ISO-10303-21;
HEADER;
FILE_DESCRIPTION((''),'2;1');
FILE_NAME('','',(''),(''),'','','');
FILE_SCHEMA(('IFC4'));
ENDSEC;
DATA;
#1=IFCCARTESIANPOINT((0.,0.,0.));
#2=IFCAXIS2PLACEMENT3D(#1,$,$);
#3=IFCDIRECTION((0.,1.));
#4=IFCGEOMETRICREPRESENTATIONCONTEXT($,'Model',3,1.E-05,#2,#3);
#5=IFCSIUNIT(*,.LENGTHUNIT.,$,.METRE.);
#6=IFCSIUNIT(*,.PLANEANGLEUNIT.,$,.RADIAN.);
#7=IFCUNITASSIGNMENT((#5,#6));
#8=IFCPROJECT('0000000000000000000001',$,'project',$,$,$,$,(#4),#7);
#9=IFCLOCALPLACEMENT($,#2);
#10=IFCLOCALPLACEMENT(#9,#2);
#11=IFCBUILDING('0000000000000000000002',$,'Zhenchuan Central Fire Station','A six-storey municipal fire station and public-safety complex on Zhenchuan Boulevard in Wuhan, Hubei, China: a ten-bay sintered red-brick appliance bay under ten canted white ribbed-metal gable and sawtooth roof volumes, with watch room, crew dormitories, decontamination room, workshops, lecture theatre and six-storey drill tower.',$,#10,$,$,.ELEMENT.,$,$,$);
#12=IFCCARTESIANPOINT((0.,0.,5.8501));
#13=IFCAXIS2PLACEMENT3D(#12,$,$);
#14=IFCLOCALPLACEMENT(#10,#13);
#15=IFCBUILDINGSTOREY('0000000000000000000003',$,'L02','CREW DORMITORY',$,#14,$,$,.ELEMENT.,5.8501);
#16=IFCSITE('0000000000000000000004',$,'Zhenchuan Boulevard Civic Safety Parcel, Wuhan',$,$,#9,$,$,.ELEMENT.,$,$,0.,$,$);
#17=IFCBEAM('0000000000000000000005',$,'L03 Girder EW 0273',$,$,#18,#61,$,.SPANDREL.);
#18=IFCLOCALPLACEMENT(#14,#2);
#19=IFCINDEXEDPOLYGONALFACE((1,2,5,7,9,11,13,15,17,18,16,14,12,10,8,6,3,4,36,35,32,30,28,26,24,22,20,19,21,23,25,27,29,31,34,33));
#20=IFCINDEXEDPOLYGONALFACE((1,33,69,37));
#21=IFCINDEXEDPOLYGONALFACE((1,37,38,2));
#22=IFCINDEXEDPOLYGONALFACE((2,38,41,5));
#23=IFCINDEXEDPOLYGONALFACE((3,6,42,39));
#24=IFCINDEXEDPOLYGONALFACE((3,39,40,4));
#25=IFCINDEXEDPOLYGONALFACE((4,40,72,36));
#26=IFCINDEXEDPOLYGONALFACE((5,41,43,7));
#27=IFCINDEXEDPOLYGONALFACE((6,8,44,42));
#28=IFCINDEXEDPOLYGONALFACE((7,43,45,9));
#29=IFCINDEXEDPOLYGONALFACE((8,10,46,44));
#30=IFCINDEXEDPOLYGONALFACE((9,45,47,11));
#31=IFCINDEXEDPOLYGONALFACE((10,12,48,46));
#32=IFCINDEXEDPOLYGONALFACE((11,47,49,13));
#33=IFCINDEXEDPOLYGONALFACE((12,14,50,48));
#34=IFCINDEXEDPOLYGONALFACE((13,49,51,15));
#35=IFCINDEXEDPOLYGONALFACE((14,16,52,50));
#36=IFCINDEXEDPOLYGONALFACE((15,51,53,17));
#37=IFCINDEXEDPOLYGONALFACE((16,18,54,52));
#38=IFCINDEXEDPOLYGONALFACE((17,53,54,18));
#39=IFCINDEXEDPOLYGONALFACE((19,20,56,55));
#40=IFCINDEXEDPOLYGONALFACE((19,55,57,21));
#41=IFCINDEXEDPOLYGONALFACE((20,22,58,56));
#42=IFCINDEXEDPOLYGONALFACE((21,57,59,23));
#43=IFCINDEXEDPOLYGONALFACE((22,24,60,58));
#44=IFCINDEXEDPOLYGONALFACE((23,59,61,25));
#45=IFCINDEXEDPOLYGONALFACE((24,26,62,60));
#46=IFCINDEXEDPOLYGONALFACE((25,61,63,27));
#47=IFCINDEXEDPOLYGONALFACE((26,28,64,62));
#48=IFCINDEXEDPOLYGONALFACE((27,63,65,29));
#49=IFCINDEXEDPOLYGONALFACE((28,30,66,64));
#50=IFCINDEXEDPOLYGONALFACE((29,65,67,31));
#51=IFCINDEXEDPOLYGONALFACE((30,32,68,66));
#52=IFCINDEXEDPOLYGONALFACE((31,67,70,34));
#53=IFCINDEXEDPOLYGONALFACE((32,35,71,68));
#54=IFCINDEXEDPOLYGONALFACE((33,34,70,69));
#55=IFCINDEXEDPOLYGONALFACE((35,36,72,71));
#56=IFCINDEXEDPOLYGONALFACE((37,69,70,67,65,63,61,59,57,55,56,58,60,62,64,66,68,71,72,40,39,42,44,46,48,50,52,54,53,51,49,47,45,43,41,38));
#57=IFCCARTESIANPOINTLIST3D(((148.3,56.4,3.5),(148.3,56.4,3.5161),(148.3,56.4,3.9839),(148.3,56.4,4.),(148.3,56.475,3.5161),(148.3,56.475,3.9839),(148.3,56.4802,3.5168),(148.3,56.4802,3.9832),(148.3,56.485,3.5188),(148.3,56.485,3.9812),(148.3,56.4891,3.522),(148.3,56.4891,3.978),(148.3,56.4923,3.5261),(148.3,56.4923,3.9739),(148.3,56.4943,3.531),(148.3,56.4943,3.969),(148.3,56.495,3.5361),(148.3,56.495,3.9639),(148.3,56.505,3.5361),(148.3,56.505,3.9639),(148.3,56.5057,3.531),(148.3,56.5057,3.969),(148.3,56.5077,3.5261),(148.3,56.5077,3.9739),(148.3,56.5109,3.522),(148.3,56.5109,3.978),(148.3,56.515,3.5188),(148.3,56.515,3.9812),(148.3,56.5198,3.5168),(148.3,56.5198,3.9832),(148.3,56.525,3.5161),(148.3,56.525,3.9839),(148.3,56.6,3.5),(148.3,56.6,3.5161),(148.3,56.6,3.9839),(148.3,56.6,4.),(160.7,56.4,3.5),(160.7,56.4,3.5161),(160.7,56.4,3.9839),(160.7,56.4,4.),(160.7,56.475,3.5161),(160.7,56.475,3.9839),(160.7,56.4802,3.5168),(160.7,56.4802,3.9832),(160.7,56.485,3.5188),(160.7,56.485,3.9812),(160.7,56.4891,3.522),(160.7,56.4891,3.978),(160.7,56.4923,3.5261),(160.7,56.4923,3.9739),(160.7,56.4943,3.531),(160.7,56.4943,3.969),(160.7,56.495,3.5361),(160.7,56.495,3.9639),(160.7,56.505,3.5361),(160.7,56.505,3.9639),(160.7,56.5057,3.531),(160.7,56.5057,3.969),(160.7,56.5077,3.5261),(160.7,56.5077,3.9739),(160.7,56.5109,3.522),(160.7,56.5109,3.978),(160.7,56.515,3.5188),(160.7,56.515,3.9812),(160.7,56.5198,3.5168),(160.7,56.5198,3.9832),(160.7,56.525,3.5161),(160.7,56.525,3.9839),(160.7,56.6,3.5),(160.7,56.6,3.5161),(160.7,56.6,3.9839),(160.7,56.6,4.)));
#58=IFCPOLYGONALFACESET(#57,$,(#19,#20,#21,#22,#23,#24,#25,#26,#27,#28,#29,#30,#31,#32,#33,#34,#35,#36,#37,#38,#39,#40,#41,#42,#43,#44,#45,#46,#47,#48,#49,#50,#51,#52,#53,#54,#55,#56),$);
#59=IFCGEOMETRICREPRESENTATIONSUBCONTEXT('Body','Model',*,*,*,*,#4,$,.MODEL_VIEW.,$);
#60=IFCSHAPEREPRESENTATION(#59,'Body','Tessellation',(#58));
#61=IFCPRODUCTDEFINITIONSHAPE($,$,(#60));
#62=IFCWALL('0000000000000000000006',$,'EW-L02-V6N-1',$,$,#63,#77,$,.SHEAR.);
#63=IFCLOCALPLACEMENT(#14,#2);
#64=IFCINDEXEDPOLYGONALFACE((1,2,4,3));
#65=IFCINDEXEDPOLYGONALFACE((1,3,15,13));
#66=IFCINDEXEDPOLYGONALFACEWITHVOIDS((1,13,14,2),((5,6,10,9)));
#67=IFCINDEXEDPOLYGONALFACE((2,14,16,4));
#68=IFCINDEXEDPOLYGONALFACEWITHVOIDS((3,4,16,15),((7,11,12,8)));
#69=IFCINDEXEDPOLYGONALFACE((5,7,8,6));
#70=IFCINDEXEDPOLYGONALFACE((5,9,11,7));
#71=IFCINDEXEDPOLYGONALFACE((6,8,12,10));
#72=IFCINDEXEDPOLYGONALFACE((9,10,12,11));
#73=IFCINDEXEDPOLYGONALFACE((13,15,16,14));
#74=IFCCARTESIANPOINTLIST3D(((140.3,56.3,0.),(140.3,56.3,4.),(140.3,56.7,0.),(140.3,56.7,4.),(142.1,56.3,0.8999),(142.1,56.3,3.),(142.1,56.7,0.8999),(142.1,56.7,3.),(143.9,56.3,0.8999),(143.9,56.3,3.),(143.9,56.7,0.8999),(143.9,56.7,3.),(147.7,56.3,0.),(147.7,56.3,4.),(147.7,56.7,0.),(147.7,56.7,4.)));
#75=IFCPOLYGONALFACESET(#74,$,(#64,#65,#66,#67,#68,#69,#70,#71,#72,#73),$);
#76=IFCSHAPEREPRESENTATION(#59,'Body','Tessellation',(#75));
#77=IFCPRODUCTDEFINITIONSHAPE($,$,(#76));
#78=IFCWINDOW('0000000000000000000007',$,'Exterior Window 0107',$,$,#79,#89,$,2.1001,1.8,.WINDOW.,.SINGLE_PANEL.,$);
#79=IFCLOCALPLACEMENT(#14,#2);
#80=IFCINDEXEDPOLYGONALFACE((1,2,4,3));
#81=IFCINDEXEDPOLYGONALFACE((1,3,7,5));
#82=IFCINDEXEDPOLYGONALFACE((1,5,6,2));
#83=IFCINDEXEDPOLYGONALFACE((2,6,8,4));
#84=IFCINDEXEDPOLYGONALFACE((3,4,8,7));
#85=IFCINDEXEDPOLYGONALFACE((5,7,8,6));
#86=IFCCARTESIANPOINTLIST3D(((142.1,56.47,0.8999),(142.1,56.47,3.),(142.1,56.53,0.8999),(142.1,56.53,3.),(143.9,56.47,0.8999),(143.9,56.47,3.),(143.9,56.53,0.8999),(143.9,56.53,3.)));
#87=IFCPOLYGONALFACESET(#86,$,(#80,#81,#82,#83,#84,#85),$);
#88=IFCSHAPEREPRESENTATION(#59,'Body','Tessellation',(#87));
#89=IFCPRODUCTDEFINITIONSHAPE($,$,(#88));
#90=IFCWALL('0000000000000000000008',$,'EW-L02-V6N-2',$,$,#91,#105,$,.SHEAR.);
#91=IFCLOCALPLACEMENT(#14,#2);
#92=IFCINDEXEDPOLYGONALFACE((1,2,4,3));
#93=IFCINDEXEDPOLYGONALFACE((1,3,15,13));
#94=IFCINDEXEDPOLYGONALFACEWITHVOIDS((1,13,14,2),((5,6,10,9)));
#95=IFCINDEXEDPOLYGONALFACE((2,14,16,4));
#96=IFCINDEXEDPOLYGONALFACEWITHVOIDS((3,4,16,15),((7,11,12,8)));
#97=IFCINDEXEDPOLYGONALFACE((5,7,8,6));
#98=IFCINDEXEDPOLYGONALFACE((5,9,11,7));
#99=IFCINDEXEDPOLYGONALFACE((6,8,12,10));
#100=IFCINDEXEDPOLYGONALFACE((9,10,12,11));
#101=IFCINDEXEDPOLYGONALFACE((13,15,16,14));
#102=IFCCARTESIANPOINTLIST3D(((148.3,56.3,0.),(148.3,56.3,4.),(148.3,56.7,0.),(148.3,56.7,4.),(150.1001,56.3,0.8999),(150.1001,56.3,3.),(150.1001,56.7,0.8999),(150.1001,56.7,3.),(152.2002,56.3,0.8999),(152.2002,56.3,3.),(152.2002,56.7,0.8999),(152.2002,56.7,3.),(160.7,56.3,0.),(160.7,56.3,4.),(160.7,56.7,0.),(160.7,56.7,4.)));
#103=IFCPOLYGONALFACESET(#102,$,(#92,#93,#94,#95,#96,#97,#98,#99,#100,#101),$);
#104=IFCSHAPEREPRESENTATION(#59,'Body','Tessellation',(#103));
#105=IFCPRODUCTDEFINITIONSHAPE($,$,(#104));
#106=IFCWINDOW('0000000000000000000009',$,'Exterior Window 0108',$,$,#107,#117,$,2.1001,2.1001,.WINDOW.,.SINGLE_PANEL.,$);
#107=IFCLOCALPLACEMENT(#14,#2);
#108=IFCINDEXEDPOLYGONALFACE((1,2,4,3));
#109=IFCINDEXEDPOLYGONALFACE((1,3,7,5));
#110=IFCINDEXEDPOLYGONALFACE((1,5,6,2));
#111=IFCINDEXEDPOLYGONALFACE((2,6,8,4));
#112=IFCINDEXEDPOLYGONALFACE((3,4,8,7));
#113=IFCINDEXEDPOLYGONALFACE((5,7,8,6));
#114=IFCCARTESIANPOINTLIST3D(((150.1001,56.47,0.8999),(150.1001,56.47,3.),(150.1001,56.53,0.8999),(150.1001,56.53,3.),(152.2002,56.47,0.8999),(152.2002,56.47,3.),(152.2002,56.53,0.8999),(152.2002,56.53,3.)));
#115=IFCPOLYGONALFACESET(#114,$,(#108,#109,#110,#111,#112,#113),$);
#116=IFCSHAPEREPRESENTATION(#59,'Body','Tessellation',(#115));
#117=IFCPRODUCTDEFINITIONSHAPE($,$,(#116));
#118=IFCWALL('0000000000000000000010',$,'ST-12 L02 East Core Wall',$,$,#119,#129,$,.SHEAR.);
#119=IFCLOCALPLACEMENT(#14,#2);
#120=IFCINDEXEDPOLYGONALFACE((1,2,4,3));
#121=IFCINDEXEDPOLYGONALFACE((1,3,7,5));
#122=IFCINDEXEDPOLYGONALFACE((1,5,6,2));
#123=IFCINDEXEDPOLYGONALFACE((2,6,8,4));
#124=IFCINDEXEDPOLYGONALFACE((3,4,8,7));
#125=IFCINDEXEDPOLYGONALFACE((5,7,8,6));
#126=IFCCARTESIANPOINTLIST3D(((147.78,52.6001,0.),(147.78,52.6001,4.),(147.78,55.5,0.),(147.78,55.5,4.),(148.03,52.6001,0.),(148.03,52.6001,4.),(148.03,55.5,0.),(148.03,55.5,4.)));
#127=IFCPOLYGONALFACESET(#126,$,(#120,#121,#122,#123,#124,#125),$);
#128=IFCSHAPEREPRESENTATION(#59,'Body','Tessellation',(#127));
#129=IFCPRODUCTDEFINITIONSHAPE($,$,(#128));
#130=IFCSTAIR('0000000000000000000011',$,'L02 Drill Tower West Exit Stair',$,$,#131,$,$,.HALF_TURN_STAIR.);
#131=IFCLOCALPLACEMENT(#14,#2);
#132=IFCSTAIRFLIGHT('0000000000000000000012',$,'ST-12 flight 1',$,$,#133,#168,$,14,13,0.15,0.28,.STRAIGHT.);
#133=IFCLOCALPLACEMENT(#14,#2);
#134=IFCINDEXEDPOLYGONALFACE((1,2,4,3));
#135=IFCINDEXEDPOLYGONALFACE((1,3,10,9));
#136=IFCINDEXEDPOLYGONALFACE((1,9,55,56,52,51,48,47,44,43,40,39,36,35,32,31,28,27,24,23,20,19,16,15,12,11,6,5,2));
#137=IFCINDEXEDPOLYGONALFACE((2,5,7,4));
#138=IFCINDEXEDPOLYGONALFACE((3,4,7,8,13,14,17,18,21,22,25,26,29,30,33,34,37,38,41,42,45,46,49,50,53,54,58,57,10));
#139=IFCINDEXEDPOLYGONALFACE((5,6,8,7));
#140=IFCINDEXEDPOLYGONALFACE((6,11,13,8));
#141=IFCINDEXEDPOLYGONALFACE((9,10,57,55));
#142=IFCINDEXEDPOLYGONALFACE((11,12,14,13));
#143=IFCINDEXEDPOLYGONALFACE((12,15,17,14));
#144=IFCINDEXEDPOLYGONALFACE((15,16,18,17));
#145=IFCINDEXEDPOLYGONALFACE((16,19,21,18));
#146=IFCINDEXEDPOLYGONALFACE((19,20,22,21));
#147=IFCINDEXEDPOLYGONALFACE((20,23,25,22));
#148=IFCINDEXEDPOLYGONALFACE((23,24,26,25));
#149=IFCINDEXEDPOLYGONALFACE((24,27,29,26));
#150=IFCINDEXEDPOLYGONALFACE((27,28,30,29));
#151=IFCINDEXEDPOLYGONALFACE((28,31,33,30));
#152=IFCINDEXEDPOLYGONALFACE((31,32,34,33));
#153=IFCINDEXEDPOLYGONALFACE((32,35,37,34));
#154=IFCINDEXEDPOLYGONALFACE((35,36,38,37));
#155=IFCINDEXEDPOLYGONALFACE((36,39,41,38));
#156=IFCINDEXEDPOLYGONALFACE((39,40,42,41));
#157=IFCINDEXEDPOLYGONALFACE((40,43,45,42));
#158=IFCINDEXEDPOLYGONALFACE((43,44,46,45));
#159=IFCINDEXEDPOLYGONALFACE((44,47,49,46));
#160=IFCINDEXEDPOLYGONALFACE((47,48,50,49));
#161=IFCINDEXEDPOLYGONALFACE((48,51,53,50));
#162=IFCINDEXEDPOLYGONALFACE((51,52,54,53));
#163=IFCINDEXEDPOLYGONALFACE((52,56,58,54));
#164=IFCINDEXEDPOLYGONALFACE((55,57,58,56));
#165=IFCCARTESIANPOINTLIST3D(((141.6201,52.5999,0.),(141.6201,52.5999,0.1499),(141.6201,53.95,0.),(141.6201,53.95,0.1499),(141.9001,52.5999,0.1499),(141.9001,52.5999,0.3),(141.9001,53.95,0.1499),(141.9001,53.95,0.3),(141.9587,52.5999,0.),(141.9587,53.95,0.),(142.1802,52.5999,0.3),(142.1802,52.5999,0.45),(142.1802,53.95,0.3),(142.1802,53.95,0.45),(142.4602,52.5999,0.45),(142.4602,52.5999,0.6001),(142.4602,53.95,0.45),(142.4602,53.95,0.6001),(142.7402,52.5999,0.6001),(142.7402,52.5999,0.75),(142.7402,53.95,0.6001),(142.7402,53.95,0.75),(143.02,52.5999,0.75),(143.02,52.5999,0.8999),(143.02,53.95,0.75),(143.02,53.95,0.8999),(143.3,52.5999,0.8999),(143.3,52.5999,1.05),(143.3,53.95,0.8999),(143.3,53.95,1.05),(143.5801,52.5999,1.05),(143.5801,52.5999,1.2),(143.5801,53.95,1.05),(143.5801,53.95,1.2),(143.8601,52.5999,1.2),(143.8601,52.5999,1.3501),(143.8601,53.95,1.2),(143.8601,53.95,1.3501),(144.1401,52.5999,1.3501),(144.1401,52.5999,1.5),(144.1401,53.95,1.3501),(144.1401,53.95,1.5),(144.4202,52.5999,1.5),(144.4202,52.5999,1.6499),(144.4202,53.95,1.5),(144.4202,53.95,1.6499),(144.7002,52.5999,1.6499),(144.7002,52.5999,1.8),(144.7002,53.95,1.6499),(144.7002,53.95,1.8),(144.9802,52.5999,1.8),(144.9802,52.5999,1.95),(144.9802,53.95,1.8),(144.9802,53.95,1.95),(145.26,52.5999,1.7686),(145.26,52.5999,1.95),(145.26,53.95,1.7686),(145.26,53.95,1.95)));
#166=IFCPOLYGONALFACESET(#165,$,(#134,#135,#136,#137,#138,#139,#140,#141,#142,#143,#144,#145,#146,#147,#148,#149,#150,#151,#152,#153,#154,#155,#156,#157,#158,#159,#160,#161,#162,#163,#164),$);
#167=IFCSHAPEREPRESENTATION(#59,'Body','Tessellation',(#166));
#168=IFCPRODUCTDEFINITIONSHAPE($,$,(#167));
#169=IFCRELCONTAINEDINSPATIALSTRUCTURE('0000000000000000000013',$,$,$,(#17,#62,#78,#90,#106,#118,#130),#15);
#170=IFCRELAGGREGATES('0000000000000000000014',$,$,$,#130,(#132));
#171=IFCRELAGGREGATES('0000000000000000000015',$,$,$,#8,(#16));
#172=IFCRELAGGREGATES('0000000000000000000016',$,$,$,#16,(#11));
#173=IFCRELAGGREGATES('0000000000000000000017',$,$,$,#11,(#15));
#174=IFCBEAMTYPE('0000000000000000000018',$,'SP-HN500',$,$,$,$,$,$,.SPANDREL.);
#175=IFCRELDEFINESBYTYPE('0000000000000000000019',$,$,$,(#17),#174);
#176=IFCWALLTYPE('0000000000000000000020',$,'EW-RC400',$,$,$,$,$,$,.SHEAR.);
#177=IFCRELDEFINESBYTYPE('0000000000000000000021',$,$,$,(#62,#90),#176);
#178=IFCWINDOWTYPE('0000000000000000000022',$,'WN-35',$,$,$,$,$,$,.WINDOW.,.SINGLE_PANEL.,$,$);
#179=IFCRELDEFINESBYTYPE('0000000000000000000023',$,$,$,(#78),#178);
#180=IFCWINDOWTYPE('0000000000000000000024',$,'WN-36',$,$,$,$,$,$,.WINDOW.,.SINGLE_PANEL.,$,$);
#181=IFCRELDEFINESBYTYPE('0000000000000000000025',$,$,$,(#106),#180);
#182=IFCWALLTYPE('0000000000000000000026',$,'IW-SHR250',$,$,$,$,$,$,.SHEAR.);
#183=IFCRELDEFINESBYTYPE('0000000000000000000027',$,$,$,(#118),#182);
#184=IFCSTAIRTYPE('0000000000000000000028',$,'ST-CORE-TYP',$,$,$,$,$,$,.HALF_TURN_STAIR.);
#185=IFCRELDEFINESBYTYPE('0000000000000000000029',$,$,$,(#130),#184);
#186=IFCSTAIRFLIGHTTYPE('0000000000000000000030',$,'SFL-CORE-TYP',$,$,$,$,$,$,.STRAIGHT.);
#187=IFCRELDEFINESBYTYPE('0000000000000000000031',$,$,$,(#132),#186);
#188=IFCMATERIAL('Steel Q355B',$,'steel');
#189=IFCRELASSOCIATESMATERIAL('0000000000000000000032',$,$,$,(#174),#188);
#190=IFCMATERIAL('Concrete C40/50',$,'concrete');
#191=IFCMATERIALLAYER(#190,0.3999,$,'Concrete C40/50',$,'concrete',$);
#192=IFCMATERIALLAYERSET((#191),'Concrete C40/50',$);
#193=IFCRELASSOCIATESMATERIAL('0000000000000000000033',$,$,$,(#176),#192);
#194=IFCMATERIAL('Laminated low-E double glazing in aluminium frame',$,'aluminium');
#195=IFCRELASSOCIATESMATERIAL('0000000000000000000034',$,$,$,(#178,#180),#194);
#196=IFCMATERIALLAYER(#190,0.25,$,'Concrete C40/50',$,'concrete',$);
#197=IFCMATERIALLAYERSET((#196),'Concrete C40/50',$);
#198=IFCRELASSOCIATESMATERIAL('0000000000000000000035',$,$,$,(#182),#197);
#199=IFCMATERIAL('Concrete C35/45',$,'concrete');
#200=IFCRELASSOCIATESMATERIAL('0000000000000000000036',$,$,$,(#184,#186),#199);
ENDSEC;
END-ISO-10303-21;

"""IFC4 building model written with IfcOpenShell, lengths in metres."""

from ifc_helpers import new_model, si_unit, direction, frame, frame_2d, origin, origin_2d, place, context, subcontext, project, spatial, polyline, rectangle, i_section, outline, extrude, material, layer, layer_set, material_profile, profile_set, type_object, element, fill, aggregate, save


model = new_model("IFC4")

# Units and contexts
model_context = context("Model", 3, precision=1e-05, world=origin(), true_north=direction((0.0, 1.0)))
body_context = subcontext(model_context, "Body", "Model", "MODEL_VIEW")
ifc_project = project(units=[si_unit("LENGTHUNIT", "METRE"), si_unit("PLANEANGLEUNIT", "RADIAN")], contexts=[model_context])

# Site, building, storey
site_placement = place(None, origin())
site = spatial("IfcSite", under=ifc_project, at=site_placement, Name="Zhenchuan Boulevard Civic Safety Parcel, Wuhan", CompositionType="ELEMENT", RefElevation=0.0)
building_placement = place(site_placement, origin())
building = spatial("IfcBuilding", under=site, at=building_placement, Name="Zhenchuan Central Fire Station", Description="A six-storey municipal fire station and public-safety complex on Zhenchuan Boulevard in Wuhan, Hubei, China: a ten-bay sintered red-brick appliance bay under ten canted white ribbed-metal gable and sawtooth roof volumes, with watch room, crew dormitories, decontamination room, workshops, lecture theatre and six-storey drill tower.", CompositionType="ELEMENT")
storey_placement = place(building_placement, frame((0.0, 0.0, 5.8501)))
storey = spatial("IfcBuildingStorey", under=building, at=storey_placement, Name="L02", Description="CREW DORMITORY", CompositionType="ELEMENT", Elevation=5.8501)

# Shared definitions
ifc_material_1 = material(Name="Concrete C40/50", Category="concrete")

# Beam
ifc_material_2 = material(Name="Steel Q355B", Category="steel")
ifc_material_profile_1 = material_profile(ifc_material_2, i_section(OverallWidth=0.2, OverallDepth=0.5, WebThickness=0.01, FlangeThickness=0.0161, FilletRadius=0.02, at=origin_2d()), Name="HN 500x200")
ifc_profile_set_1 = profile_set([ifc_material_profile_1], Name="Steel Q355B")
beam_type_1 = type_object("IfcBeamType", Name="SP-HN500", PredefinedType="SPANDREL", material=ifc_profile_set_1)
beam_1_placement = place(storey_placement, frame((148.3, 56.5, 3.75), z_axis=(1.0, 0.0, 0.0), x_axis=(0.0, 1.0, 0.0)))
element("IfcBeam", 1, at=beam_1_placement, inside=storey, type_object=beam_type_1, Name="L03 Girder EW 0273", PredefinedType="SPANDREL", context=body_context, shape_type="SweptSolid", body=[
    extrude(i_section(OverallWidth=0.2, OverallDepth=0.5, WebThickness=0.01, FlangeThickness=0.0161, FilletRadius=0.02, at=origin_2d()), origin(), (0.0, 0.0, 1.0), 12.3999),
])

# Walls, openings, windows
ifc_layer_1 = layer(ifc_material_1, 0.3999, Name="Concrete C40/50", Category="concrete")
ifc_layer_set_1 = layer_set([ifc_layer_1], Name="Concrete C40/50")
wall_type_1 = type_object("IfcWallType", Name="EW-RC400", PredefinedType="SHEAR", material=ifc_layer_set_1)
wall_1_placement = place(storey_placement, frame((140.3, 56.5, 0.0), z_axis=(0.0, 0.0, 1.0), x_axis=(1.0, 0.0, 0.0)))
wall_1 = element("IfcWall", 2, at=wall_1_placement, inside=storey, type_object=wall_type_1, Name="EW-L02-V6N-1", PredefinedType="SHEAR", context=body_context, shape_type="SweptSolid", body=[
    extrude(rectangle(XDim=7.3999, YDim=0.3999, at=frame_2d((3.7, 0.0))), origin(), (0.0, 0.0, 1.0), 4.0),
])
opening_1_placement = place(wall_1_placement, frame((1.8, 0.0, 0.8999)))
opening_1 = element("IfcOpeningElement", 3, at=opening_1_placement, cuts=wall_1, PredefinedType="OPENING", context=body_context, shape_type="SweptSolid", body=[
    extrude(rectangle(XDim=1.8, YDim=2.1001, at=frame_2d((0.8999, 1.05))), frame((0.0, 0.21, 0.0), z_axis=(0.0, -1.0, 0.0), x_axis=(1.0, 0.0, 0.0)), (0.0, 0.0, 1.0), 0.4199),
])
ifc_material_3 = material(Name="Laminated low-E double glazing in aluminium frame", Category="aluminium")
window_type_1 = type_object("IfcWindowType", Name="WN-35", PartitioningType="SINGLE_PANEL", PredefinedType="WINDOW", material=ifc_material_3)
window_1_placement = place(opening_1_placement, origin())
window_1 = element("IfcWindow", 4, at=window_1_placement, inside=storey, type_object=window_type_1, Name="Exterior Window 0107", OverallHeight=2.1001, OverallWidth=1.8, PartitioningType="SINGLE_PANEL", PredefinedType="WINDOW", context=body_context, shape_type="SweptSolid", body=[
    extrude(rectangle(XDim=1.8, YDim=2.1001, at=frame_2d((0.8999, 1.05))), frame((0.0, 0.03, 0.0), z_axis=(0.0, -1.0, 0.0), x_axis=(1.0, 0.0, 0.0)), (0.0, 0.0, 1.0), 0.0601),
])
fill(opening_1, window_1)
wall_2_placement = place(storey_placement, frame((148.3, 56.5, 0.0), z_axis=(0.0, 0.0, 1.0), x_axis=(1.0, 0.0, 0.0)))
wall_2 = element("IfcWall", 5, at=wall_2_placement, inside=storey, type_object=wall_type_1, Name="EW-L02-V6N-2", PredefinedType="SHEAR", context=body_context, shape_type="SweptSolid", body=[
    extrude(rectangle(XDim=12.3999, YDim=0.3999, at=frame_2d((6.2, 0.0))), origin(), (0.0, 0.0, 1.0), 4.0),
])
opening_2_placement = place(wall_2_placement, frame((1.8, 0.0, 0.8999)))
opening_2 = element("IfcOpeningElement", 6, at=opening_2_placement, cuts=wall_2, PredefinedType="OPENING", context=body_context, shape_type="SweptSolid", body=[
    extrude(rectangle(XDim=2.1001, YDim=2.1001, at=frame_2d((1.05, 1.05))), frame((0.0, 0.21, 0.0), z_axis=(0.0, -1.0, 0.0), x_axis=(1.0, 0.0, 0.0)), (0.0, 0.0, 1.0), 0.4199),
])
window_type_2 = type_object("IfcWindowType", Name="WN-36", PartitioningType="SINGLE_PANEL", PredefinedType="WINDOW", material=ifc_material_3)
window_2_placement = place(opening_2_placement, origin())
window_2 = element("IfcWindow", 7, at=window_2_placement, inside=storey, type_object=window_type_2, Name="Exterior Window 0108", OverallHeight=2.1001, OverallWidth=2.1001, PartitioningType="SINGLE_PANEL", PredefinedType="WINDOW", context=body_context, shape_type="SweptSolid", body=[
    extrude(rectangle(XDim=2.1001, YDim=2.1001, at=frame_2d((1.05, 1.05))), frame((0.0, 0.03, 0.0), z_axis=(0.0, -1.0, 0.0), x_axis=(1.0, 0.0, 0.0)), (0.0, 0.0, 1.0), 0.0601),
])
fill(opening_2, window_2)

# Wall
ifc_layer_2 = layer(ifc_material_1, 0.25, Name="Concrete C40/50", Category="concrete")
ifc_layer_set_2 = layer_set([ifc_layer_2], Name="Concrete C40/50")
wall_type_2 = type_object("IfcWallType", Name="IW-SHR250", PredefinedType="SHEAR", material=ifc_layer_set_2)
wall_3_placement = place(storey_placement, frame((147.905, 52.6001, 0.0), z_axis=(0.0, 0.0, 1.0), x_axis=(0.0, 1.0, 0.0)))
element("IfcWall", 8, at=wall_3_placement, inside=storey, type_object=wall_type_2, Name="ST-12 L02 East Core Wall", PredefinedType="SHEAR", context=body_context, shape_type="SweptSolid", body=[
    extrude(rectangle(XDim=2.8999, YDim=0.25, at=frame_2d((1.45, 0.0))), origin(), (0.0, 0.0, 1.0), 4.0),
])

# Stair, stair flight
ifc_material_4 = material(Name="Concrete C35/45", Category="concrete")
stair_type = type_object("IfcStairType", Name="ST-CORE-TYP", PredefinedType="HALF_TURN_STAIR", material=ifc_material_4)
stair_placement = place(storey_placement, origin())
stair = element("IfcStair", 9, at=stair_placement, inside=storey, type_object=stair_type, Name="L02 Drill Tower West Exit Stair", PredefinedType="HALF_TURN_STAIR")
stair_flight_type = type_object("IfcStairFlightType", Name="SFL-CORE-TYP", PredefinedType="STRAIGHT", material=ifc_material_4)
stair_flight_1_placement = place(storey_placement, frame((141.6201, 53.2749, 0.0), z_axis=(0.0, 0.0, 1.0), x_axis=(1.0, 0.0, 0.0)))
stair_flight_1 = element("IfcStairFlight", 10, at=stair_flight_1_placement, type_object=stair_flight_type, Name="ST-12 flight 1", NumberOfRisers=14, NumberOfTreads=13, PredefinedType="STRAIGHT", RiserHeight=0.15, TreadLength=0.28, context=body_context, shape_type="SweptSolid", body=[
    extrude(outline(polyline([(0.0, 0.0), (0.0, 0.1499), (0.28, 0.1499), (0.28, 0.3), (0.5601, 0.3), (0.5601, 0.45), (0.8401, 0.45), (0.8401, 0.6001), (1.1201, 0.6001), (1.1201, 0.75), (1.3999, 0.75), (1.3999, 0.8999), (1.6799, 0.8999), (1.6799, 1.05), (1.96, 1.05), (1.96, 1.2), (2.24, 1.2), (2.24, 1.3501), (2.52, 1.3501), (2.52, 1.5), (2.8, 1.5), (2.8, 1.6499), (3.0801, 1.6499), (3.0801, 1.8), (3.3601, 1.8), (3.3601, 1.95), (3.6399, 1.95), (3.6399, 2.1001), (3.6399, 1.7686), (0.3386, 0.0), (0.0, 0.0)])), frame((0.0, 0.675, 0.0), z_axis=(0.0, -1.0, 0.0), x_axis=(1.0, 0.0, 0.0)), (0.0, 0.0, 1.0), 1.3501),
])
aggregate(stair, [stair_flight_1])

save(model, "model.ifc")
